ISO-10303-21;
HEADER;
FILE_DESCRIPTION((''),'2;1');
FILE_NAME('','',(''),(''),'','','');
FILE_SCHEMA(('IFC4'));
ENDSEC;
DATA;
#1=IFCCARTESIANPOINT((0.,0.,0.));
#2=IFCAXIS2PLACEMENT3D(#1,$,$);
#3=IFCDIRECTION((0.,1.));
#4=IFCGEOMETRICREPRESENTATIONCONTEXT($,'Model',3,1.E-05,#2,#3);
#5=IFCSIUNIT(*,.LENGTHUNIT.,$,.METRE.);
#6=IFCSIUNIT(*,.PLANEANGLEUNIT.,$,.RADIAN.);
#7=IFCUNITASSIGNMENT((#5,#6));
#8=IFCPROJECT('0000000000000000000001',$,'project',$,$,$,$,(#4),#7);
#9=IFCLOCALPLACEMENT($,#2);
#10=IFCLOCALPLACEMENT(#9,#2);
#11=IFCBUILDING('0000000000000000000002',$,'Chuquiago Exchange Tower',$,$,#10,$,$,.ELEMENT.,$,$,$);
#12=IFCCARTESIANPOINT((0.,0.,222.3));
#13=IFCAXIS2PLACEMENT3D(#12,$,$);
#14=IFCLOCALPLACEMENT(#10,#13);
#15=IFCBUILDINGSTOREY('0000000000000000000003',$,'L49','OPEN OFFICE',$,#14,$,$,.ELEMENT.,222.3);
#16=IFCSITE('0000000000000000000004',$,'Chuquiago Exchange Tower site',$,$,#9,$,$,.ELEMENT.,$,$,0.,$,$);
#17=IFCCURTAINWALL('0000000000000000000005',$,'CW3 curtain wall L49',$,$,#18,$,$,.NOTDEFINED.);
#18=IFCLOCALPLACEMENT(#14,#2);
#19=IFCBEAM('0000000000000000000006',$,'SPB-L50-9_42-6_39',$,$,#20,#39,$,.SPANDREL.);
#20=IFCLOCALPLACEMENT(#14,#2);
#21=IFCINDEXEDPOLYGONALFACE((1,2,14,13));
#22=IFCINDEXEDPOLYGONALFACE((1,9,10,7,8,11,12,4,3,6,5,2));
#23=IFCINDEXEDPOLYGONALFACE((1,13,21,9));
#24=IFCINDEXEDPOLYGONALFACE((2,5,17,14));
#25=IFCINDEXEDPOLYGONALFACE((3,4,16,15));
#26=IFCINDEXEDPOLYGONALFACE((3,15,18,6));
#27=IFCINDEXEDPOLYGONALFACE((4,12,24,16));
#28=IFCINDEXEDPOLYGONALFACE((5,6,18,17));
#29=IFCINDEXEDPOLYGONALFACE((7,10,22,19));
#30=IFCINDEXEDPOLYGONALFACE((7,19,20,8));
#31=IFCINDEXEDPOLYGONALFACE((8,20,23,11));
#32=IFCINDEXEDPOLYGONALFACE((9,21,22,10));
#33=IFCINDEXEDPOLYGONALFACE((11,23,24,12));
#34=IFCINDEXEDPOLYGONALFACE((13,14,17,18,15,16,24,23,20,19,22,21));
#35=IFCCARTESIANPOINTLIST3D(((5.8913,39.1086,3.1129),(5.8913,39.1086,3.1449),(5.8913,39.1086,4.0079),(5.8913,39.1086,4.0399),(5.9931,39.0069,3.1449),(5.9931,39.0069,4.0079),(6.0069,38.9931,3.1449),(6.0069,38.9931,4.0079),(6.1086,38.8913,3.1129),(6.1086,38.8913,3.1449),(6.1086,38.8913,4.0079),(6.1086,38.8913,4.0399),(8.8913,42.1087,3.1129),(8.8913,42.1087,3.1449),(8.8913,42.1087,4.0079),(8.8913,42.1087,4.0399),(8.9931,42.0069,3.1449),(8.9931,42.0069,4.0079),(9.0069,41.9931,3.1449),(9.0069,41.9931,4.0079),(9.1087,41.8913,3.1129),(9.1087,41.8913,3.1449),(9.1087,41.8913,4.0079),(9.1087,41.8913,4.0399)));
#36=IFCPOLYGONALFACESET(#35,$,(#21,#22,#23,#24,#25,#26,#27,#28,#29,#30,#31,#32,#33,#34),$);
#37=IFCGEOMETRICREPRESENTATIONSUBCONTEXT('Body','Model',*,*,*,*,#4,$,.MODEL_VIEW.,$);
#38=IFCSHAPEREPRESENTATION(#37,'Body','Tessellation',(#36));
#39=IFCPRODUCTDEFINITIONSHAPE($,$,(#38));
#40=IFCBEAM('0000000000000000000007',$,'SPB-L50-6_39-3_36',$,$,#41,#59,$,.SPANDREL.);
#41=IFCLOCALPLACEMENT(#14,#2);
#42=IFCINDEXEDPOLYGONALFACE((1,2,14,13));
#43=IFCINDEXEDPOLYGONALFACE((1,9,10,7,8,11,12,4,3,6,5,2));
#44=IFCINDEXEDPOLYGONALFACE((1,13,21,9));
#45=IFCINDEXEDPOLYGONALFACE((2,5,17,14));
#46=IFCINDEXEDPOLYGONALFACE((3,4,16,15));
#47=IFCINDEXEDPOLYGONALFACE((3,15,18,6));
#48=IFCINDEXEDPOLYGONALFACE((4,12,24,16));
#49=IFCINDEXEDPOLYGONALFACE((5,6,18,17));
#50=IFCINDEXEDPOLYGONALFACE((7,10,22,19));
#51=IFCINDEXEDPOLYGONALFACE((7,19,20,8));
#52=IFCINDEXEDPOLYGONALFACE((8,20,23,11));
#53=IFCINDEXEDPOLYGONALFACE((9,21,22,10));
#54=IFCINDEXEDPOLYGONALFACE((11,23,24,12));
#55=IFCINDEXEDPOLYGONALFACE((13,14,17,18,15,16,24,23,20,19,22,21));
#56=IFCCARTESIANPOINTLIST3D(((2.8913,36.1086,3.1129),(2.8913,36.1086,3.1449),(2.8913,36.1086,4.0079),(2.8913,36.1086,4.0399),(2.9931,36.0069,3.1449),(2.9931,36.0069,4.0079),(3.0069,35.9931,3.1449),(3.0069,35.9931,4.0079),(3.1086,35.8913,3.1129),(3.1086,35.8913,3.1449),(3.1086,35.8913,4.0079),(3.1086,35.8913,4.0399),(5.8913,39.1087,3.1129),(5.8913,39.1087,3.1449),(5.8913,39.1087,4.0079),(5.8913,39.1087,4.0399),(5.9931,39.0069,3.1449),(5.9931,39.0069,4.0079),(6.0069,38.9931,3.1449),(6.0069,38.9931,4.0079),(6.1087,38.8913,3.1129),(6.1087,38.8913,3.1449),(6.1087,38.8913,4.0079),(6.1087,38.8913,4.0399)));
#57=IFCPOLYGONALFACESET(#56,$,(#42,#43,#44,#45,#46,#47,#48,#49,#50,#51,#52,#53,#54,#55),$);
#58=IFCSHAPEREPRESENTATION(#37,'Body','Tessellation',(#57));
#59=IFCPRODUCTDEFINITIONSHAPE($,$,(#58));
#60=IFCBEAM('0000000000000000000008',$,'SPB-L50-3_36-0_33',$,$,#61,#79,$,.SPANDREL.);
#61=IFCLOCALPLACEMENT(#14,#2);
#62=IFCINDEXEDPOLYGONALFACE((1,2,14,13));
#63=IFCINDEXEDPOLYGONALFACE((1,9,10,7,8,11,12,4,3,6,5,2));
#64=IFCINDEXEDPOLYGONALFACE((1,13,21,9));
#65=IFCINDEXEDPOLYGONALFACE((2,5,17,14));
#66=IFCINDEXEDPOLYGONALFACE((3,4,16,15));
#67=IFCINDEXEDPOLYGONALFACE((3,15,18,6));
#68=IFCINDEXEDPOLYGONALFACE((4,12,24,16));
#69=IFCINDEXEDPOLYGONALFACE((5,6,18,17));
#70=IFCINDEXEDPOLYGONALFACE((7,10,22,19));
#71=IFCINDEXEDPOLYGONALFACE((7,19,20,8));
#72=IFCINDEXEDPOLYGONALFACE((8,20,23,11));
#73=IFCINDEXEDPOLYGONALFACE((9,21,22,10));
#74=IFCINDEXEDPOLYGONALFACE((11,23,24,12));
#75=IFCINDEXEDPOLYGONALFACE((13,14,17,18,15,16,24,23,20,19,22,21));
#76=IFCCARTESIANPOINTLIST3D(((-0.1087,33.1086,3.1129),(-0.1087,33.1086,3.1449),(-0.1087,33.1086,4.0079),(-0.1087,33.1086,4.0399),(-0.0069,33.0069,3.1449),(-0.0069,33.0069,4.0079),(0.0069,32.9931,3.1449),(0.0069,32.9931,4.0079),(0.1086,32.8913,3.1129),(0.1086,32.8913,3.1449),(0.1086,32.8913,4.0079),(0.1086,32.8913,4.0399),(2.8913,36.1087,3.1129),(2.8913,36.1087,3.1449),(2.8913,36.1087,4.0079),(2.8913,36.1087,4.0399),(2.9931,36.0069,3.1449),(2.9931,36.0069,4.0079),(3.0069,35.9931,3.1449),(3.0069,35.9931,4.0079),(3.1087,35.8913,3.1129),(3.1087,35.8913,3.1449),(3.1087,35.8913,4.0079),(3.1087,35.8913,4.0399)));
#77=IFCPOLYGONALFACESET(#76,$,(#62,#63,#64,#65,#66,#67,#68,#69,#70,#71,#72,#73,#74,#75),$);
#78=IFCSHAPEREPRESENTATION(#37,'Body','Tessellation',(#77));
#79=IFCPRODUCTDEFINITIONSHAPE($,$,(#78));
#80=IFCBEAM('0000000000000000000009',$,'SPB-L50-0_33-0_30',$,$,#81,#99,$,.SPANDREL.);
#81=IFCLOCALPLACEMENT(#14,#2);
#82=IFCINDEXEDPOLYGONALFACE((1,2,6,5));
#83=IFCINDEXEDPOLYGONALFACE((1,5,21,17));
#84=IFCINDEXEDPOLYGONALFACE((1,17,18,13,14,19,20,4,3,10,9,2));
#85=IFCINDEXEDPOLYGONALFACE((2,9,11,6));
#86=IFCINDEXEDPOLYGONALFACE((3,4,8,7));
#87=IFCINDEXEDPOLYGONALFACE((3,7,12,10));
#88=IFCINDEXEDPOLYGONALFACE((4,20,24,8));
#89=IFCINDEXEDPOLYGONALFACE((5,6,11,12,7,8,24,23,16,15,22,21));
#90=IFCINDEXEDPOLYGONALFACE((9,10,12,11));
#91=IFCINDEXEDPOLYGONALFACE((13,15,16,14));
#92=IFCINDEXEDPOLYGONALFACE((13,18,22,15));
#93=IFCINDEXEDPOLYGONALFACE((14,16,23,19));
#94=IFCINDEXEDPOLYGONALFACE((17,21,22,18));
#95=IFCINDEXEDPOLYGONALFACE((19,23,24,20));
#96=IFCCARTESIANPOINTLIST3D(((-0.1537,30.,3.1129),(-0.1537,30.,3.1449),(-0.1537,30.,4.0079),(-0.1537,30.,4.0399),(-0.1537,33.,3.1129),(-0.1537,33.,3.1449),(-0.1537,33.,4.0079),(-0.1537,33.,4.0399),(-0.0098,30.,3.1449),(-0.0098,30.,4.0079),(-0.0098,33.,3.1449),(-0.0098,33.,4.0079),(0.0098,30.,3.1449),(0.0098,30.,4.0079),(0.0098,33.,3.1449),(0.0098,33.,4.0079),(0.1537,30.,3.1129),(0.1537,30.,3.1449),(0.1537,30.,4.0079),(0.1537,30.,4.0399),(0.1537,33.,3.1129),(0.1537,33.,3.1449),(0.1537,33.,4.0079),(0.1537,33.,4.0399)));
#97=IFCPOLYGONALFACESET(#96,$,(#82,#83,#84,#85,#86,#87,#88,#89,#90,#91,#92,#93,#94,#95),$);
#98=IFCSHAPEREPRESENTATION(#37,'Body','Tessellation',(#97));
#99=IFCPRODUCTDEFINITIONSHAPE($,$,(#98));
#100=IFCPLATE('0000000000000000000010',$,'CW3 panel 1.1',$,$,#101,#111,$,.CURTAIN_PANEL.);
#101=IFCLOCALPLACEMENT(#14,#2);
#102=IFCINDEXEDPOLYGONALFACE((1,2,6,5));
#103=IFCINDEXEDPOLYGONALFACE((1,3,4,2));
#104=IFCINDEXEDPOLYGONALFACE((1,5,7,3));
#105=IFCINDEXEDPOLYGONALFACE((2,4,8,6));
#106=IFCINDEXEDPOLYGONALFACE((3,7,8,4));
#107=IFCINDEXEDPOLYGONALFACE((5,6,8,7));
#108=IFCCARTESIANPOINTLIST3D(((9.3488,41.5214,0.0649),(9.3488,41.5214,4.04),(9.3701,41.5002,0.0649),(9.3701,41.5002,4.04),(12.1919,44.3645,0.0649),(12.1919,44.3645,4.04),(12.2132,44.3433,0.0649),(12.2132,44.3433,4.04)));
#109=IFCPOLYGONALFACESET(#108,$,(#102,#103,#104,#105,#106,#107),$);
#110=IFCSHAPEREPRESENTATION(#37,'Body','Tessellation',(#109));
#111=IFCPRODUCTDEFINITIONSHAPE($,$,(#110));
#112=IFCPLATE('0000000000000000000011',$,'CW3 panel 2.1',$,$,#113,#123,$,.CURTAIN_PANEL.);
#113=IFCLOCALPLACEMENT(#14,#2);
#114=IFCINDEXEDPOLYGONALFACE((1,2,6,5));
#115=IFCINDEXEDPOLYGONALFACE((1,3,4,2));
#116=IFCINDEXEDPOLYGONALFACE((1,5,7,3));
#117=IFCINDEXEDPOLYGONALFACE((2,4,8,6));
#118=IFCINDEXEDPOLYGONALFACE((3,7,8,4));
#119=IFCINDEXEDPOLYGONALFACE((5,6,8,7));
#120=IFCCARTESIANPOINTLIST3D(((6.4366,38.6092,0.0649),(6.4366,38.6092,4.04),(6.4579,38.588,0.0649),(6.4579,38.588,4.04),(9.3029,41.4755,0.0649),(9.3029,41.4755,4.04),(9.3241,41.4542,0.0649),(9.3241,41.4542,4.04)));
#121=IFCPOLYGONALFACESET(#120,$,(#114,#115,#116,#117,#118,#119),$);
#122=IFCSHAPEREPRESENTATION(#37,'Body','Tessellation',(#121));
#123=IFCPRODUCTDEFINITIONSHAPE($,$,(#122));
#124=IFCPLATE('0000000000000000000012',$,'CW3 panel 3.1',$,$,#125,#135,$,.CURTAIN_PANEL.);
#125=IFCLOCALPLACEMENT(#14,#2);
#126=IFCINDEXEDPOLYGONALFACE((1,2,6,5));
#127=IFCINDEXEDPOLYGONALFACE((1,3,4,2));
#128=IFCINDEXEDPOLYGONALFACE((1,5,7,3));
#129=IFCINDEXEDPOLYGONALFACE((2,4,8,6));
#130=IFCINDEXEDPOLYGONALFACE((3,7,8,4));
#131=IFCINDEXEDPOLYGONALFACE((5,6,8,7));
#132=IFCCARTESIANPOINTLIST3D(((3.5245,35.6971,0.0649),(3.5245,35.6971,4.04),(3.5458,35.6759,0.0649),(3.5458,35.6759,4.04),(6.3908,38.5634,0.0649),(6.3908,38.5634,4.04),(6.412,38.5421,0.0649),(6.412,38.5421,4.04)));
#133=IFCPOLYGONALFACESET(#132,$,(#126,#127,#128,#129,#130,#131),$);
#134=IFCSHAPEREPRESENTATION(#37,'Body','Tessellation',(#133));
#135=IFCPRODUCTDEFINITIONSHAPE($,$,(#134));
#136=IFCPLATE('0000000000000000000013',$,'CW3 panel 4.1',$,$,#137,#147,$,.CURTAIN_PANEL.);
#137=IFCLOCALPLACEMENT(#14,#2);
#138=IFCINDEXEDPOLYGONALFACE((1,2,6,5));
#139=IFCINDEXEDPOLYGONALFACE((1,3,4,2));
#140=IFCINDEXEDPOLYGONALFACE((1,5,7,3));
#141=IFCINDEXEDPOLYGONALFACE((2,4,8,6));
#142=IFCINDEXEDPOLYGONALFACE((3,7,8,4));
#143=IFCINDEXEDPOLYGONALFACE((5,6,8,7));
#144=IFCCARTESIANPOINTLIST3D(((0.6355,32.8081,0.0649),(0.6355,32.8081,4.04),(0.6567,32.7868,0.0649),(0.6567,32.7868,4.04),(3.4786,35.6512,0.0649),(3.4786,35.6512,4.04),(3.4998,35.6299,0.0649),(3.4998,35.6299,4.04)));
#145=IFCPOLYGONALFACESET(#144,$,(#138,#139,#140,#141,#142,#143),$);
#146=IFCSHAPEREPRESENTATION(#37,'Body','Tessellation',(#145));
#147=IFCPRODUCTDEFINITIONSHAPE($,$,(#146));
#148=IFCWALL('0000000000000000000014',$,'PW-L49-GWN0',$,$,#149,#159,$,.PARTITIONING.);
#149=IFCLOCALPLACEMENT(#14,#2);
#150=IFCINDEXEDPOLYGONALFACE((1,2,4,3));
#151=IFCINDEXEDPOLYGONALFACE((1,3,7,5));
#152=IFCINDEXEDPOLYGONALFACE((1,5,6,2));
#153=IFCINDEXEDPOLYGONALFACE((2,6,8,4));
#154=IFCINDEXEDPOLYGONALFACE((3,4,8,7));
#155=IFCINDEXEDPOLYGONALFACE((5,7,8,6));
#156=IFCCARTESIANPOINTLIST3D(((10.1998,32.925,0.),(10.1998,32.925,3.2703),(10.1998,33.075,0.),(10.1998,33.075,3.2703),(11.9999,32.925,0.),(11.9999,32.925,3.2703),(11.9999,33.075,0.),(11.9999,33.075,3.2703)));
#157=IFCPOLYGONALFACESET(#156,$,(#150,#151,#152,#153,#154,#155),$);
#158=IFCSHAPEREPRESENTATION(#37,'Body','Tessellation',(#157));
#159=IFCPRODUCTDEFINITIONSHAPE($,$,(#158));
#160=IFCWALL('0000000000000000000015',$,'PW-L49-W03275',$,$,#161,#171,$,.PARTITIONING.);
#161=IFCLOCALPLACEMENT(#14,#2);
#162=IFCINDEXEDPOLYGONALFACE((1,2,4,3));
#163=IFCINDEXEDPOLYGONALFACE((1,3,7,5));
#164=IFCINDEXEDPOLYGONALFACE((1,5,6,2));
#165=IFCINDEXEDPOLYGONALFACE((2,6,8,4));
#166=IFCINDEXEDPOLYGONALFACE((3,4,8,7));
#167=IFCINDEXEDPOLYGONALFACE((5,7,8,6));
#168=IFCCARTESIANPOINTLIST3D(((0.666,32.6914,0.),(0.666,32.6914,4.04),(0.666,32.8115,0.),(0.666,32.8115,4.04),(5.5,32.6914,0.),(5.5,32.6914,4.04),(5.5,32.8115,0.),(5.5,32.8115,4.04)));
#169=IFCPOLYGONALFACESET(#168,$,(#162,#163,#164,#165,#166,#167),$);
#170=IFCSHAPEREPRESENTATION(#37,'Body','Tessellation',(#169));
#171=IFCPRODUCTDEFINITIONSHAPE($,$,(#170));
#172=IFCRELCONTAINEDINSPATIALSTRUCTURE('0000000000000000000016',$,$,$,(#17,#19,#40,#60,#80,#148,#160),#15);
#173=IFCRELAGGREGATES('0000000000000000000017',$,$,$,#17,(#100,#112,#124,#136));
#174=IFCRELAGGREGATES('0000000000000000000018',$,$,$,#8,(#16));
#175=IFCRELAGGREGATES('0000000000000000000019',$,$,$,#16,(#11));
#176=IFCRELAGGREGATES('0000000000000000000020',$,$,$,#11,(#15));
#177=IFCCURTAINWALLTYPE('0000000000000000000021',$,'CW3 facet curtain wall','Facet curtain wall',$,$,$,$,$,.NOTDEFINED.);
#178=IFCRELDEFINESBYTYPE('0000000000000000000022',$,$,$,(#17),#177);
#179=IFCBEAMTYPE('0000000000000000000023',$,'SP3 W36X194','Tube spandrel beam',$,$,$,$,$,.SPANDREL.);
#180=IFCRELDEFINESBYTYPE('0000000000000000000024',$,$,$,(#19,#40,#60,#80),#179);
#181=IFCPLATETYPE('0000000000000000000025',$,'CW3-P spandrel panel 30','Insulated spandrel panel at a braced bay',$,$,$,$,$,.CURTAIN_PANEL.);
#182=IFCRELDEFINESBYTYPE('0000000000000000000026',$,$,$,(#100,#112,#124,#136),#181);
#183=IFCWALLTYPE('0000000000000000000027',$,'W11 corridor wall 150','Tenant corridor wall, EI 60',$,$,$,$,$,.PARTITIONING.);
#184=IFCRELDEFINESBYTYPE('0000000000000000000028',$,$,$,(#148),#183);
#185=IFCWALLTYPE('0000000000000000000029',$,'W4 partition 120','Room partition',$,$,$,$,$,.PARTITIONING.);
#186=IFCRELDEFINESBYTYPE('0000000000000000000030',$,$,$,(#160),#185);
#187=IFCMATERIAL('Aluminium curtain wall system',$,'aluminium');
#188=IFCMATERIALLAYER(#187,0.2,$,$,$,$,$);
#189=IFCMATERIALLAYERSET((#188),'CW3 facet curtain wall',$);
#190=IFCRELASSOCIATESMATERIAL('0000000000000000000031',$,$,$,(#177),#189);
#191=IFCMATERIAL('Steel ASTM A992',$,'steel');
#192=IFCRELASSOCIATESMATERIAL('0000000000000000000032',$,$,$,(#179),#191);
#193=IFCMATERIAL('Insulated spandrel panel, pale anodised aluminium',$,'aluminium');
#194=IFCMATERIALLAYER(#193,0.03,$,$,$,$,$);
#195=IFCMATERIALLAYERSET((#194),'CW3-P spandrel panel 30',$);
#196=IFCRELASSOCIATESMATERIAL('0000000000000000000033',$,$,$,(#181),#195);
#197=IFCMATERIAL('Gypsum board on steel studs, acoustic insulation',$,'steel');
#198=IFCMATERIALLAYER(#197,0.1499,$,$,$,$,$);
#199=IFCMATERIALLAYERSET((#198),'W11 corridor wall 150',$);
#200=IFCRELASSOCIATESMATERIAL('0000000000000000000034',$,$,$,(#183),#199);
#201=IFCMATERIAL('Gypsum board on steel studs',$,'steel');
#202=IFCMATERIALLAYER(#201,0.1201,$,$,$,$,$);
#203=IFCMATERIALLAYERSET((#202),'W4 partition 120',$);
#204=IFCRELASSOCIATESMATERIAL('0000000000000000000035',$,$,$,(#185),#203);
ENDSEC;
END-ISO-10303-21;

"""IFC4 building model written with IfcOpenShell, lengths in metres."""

from ifc_helpers import new_model, si_unit, direction, frame, frame_2d, origin, origin_2d, place, context, subcontext, project, spatial, rectangle, i_section, extrude, material, layer, layer_set, material_profile, profile_set, type_object, element, aggregate, save


model = new_model("IFC4")

# Units and contexts
model_context = context("Model", 3, precision=1e-05, world=origin(), true_north=direction((0.0, 1.0)))
body_context = subcontext(model_context, "Body", "Model", "MODEL_VIEW")
ifc_project = project(units=[si_unit("LENGTHUNIT", "METRE"), si_unit("PLANEANGLEUNIT", "RADIAN")], contexts=[model_context])

# Site, building, storey
site_placement = place(None, origin())
site = spatial("IfcSite", under=ifc_project, at=site_placement, Name="Chuquiago Exchange Tower site", CompositionType="ELEMENT", RefElevation=0.0)
building_placement = place(site_placement, origin())
building = spatial("IfcBuilding", under=site, at=building_placement, Name="Chuquiago Exchange Tower", CompositionType="ELEMENT")
storey_placement = place(building_placement, frame((0.0, 0.0, 222.3)))
storey = spatial("IfcBuildingStorey", under=building, at=storey_placement, Name="L49", Description="OPEN OFFICE", CompositionType="ELEMENT", Elevation=222.3)

# Curtain wall
ifc_material_1 = material(Name="Aluminium curtain wall system", Category="aluminium")
ifc_layer_1 = layer(ifc_material_1, 0.2)
ifc_layer_set_1 = layer_set([ifc_layer_1], Name="CW3 facet curtain wall")
curtain_wall_type_1 = type_object("IfcCurtainWallType", Name="CW3 facet curtain wall", Description="Facet curtain wall", PredefinedType="NOTDEFINED", material=ifc_layer_set_1)
curtain_wall_1_placement = place(storey_placement, origin())
curtain_wall_1 = element("IfcCurtainWall", 1, at=curtain_wall_1_placement, inside=storey, type_object=curtain_wall_type_1, Name="CW3 curtain wall L49", PredefinedType="NOTDEFINED")

# Beams
ifc_material_2 = material(Name="Steel ASTM A992", Category="steel")
ifc_material_profile_1 = material_profile(ifc_material_2, i_section(OverallWidth=0.3074, OverallDepth=0.927, WebThickness=0.0195, FlangeThickness=0.032, at=origin_2d()), Name="W36X194")
ifc_profile_set_1 = profile_set([ifc_material_profile_1], Name="Steel ASTM A992")
beam_type_1 = type_object("IfcBeamType", Name="SP3 W36X194", Description="Tube spandrel beam", PredefinedType="SPANDREL", material=ifc_profile_set_1)
for number, where, z_axis, x_axis, name in (
    (2, (9.0, 42.0, 3.5764), (-0.707107, -0.707107, 0.0), (0.707107, -0.707107, 0.0), "SPB-L50-9_42-6_39"),
    (3, (6.0, 39.0, 3.5764), (-0.707107, -0.707107, 0.0), (0.707107, -0.707107, 0.0), "SPB-L50-6_39-3_36"),
    (4, (3.0, 36.0, 3.5764), (-0.707107, -0.707107, 0.0), (0.707107, -0.707107, 0.0), "SPB-L50-3_36-0_33"),
):
    element("IfcBeam", number, at=place(storey_placement, frame(where, z_axis=z_axis, x_axis=x_axis)), inside=storey, type_object=beam_type_1, Name=name, PredefinedType="SPANDREL", context=body_context, shape_type="SweptSolid", body=[
        extrude(i_section(OverallWidth=0.3074, OverallDepth=0.927, WebThickness=0.0195, FlangeThickness=0.032, at=origin_2d()), origin(), (0.0, 0.0, 1.0), 4.2427),
    ])
beam_1_placement = place(storey_placement, frame((0.0, 33.0, 3.5764), z_axis=(0.0, -1.0, 0.0), x_axis=(1.0, 0.0, 0.0)))
element("IfcBeam", 5, at=beam_1_placement, inside=storey, type_object=beam_type_1, Name="SPB-L50-0_33-0_30", PredefinedType="SPANDREL", context=body_context, shape_type="SweptSolid", body=[
    extrude(i_section(OverallWidth=0.3074, OverallDepth=0.927, WebThickness=0.0195, FlangeThickness=0.032, at=origin_2d()), origin(), (0.0, 0.0, 1.0), 3.0),
])

# Plates
ifc_material_3 = material(Name="Insulated spandrel panel, pale anodised aluminium", Category="aluminium")
ifc_layer_2 = layer(ifc_material_3, 0.03)
ifc_layer_set_2 = layer_set([ifc_layer_2], Name="CW3-P spandrel panel 30")
plate_type = type_object("IfcPlateType", Name="CW3-P spandrel panel 30", Description="Insulated spandrel panel at a braced bay", PredefinedType="CURTAIN_PANEL", material=ifc_layer_set_2)
plate_1_placement = place(storey_placement, frame((10.781, 42.9324, 0.0649), z_axis=(0.0, 0.0, 1.0), x_axis=(-0.707107, -0.707107, 0.0)))
plate_1 = element("IfcPlate", 6, at=plate_1_placement, type_object=plate_type, Name="CW3 panel 1.1", PredefinedType="CURTAIN_PANEL", context=body_context, shape_type="SweptSolid", body=[
    extrude(rectangle(XDim=4.0208, YDim=0.03, at=origin_2d()), origin(), (0.0, 0.0, 1.0), 3.9751),
])
plate_2_placement = place(storey_placement, frame((7.8804, 40.0317, 0.0649), z_axis=(0.0, 0.0, 1.0), x_axis=(-0.707107, -0.707107, 0.0)))
plate_2 = element("IfcPlate", 7, at=plate_2_placement, type_object=plate_type, Name="CW3 panel 2.1", PredefinedType="CURTAIN_PANEL", context=body_context, shape_type="SweptSolid", body=[
    extrude(rectangle(XDim=4.0535, YDim=0.03, at=origin_2d()), origin(), (0.0, 0.0, 1.0), 3.9751),
])
plate_3_placement = place(storey_placement, frame((4.9683, 37.1196, 0.0649), z_axis=(0.0, 0.0, 1.0), x_axis=(-0.707107, -0.707107, 0.0)))
plate_3 = element("IfcPlate", 8, at=plate_3_placement, type_object=plate_type, Name="CW3 panel 3.1", PredefinedType="CURTAIN_PANEL", context=body_context, shape_type="SweptSolid", body=[
    extrude(rectangle(XDim=4.0535, YDim=0.03, at=origin_2d()), origin(), (0.0, 0.0, 1.0), 3.9751),
])
plate_4_placement = place(storey_placement, frame((2.0676, 34.219, 0.0649), z_axis=(0.0, 0.0, 1.0), x_axis=(-0.707107, -0.707107, 0.0)))
plate_4 = element("IfcPlate", 9, at=plate_4_placement, type_object=plate_type, Name="CW3 panel 4.1", PredefinedType="CURTAIN_PANEL", context=body_context, shape_type="SweptSolid", body=[
    extrude(rectangle(XDim=4.0208, YDim=0.03, at=origin_2d()), origin(), (0.0, 0.0, 1.0), 3.9751),
])
aggregate(curtain_wall_1, [plate_1, plate_2, plate_3, plate_4])

# Walls
ifc_material_4 = material(Name="Gypsum board on steel studs, acoustic insulation", Category="steel")
ifc_layer_3 = layer(ifc_material_4, 0.1499)
ifc_layer_set_3 = layer_set([ifc_layer_3], Name="W11 corridor wall 150")
wall_type_1 = type_object("IfcWallType", Name="W11 corridor wall 150", Description="Tenant corridor wall, EI 60", PredefinedType="PARTITIONING", material=ifc_layer_set_3)
wall_1_placement = place(storey_placement, frame((10.2, 33.0, 0.0), z_axis=(0.0, 0.0, 1.0), x_axis=(1.0, 0.0, 0.0)))
element("IfcWall", 10, at=wall_1_placement, inside=storey, type_object=wall_type_1, Name="PW-L49-GWN0", PredefinedType="PARTITIONING", context=body_context, shape_type="SweptSolid", body=[
    extrude(rectangle(XDim=1.8, YDim=0.1499, at=frame_2d((0.8999, 0.0))), origin(), (0.0, 0.0, 1.0), 3.2703),
])
ifc_material_5 = material(Name="Gypsum board on steel studs", Category="steel")
ifc_layer_4 = layer(ifc_material_5, 0.1201)
ifc_layer_set_4 = layer_set([ifc_layer_4], Name="W4 partition 120")
wall_type_2 = type_object("IfcWallType", Name="W4 partition 120", Description="Room partition", PredefinedType="PARTITIONING", material=ifc_layer_set_4)
wall_2_placement = place(storey_placement, frame((0.666, 32.7515, 0.0), z_axis=(0.0, 0.0, 1.0), x_axis=(1.0, 0.0, 0.0)))
element("IfcWall", 11, at=wall_2_placement, inside=storey, type_object=wall_type_2, Name="PW-L49-W03275", PredefinedType="PARTITIONING", context=body_context, shape_type="SweptSolid", body=[
    extrude(rectangle(XDim=4.834, YDim=0.1201, at=frame_2d((2.417, 0.0))), origin(), (0.0, 0.0, 1.0), 4.04),
])

save(model, "model.ifc")
